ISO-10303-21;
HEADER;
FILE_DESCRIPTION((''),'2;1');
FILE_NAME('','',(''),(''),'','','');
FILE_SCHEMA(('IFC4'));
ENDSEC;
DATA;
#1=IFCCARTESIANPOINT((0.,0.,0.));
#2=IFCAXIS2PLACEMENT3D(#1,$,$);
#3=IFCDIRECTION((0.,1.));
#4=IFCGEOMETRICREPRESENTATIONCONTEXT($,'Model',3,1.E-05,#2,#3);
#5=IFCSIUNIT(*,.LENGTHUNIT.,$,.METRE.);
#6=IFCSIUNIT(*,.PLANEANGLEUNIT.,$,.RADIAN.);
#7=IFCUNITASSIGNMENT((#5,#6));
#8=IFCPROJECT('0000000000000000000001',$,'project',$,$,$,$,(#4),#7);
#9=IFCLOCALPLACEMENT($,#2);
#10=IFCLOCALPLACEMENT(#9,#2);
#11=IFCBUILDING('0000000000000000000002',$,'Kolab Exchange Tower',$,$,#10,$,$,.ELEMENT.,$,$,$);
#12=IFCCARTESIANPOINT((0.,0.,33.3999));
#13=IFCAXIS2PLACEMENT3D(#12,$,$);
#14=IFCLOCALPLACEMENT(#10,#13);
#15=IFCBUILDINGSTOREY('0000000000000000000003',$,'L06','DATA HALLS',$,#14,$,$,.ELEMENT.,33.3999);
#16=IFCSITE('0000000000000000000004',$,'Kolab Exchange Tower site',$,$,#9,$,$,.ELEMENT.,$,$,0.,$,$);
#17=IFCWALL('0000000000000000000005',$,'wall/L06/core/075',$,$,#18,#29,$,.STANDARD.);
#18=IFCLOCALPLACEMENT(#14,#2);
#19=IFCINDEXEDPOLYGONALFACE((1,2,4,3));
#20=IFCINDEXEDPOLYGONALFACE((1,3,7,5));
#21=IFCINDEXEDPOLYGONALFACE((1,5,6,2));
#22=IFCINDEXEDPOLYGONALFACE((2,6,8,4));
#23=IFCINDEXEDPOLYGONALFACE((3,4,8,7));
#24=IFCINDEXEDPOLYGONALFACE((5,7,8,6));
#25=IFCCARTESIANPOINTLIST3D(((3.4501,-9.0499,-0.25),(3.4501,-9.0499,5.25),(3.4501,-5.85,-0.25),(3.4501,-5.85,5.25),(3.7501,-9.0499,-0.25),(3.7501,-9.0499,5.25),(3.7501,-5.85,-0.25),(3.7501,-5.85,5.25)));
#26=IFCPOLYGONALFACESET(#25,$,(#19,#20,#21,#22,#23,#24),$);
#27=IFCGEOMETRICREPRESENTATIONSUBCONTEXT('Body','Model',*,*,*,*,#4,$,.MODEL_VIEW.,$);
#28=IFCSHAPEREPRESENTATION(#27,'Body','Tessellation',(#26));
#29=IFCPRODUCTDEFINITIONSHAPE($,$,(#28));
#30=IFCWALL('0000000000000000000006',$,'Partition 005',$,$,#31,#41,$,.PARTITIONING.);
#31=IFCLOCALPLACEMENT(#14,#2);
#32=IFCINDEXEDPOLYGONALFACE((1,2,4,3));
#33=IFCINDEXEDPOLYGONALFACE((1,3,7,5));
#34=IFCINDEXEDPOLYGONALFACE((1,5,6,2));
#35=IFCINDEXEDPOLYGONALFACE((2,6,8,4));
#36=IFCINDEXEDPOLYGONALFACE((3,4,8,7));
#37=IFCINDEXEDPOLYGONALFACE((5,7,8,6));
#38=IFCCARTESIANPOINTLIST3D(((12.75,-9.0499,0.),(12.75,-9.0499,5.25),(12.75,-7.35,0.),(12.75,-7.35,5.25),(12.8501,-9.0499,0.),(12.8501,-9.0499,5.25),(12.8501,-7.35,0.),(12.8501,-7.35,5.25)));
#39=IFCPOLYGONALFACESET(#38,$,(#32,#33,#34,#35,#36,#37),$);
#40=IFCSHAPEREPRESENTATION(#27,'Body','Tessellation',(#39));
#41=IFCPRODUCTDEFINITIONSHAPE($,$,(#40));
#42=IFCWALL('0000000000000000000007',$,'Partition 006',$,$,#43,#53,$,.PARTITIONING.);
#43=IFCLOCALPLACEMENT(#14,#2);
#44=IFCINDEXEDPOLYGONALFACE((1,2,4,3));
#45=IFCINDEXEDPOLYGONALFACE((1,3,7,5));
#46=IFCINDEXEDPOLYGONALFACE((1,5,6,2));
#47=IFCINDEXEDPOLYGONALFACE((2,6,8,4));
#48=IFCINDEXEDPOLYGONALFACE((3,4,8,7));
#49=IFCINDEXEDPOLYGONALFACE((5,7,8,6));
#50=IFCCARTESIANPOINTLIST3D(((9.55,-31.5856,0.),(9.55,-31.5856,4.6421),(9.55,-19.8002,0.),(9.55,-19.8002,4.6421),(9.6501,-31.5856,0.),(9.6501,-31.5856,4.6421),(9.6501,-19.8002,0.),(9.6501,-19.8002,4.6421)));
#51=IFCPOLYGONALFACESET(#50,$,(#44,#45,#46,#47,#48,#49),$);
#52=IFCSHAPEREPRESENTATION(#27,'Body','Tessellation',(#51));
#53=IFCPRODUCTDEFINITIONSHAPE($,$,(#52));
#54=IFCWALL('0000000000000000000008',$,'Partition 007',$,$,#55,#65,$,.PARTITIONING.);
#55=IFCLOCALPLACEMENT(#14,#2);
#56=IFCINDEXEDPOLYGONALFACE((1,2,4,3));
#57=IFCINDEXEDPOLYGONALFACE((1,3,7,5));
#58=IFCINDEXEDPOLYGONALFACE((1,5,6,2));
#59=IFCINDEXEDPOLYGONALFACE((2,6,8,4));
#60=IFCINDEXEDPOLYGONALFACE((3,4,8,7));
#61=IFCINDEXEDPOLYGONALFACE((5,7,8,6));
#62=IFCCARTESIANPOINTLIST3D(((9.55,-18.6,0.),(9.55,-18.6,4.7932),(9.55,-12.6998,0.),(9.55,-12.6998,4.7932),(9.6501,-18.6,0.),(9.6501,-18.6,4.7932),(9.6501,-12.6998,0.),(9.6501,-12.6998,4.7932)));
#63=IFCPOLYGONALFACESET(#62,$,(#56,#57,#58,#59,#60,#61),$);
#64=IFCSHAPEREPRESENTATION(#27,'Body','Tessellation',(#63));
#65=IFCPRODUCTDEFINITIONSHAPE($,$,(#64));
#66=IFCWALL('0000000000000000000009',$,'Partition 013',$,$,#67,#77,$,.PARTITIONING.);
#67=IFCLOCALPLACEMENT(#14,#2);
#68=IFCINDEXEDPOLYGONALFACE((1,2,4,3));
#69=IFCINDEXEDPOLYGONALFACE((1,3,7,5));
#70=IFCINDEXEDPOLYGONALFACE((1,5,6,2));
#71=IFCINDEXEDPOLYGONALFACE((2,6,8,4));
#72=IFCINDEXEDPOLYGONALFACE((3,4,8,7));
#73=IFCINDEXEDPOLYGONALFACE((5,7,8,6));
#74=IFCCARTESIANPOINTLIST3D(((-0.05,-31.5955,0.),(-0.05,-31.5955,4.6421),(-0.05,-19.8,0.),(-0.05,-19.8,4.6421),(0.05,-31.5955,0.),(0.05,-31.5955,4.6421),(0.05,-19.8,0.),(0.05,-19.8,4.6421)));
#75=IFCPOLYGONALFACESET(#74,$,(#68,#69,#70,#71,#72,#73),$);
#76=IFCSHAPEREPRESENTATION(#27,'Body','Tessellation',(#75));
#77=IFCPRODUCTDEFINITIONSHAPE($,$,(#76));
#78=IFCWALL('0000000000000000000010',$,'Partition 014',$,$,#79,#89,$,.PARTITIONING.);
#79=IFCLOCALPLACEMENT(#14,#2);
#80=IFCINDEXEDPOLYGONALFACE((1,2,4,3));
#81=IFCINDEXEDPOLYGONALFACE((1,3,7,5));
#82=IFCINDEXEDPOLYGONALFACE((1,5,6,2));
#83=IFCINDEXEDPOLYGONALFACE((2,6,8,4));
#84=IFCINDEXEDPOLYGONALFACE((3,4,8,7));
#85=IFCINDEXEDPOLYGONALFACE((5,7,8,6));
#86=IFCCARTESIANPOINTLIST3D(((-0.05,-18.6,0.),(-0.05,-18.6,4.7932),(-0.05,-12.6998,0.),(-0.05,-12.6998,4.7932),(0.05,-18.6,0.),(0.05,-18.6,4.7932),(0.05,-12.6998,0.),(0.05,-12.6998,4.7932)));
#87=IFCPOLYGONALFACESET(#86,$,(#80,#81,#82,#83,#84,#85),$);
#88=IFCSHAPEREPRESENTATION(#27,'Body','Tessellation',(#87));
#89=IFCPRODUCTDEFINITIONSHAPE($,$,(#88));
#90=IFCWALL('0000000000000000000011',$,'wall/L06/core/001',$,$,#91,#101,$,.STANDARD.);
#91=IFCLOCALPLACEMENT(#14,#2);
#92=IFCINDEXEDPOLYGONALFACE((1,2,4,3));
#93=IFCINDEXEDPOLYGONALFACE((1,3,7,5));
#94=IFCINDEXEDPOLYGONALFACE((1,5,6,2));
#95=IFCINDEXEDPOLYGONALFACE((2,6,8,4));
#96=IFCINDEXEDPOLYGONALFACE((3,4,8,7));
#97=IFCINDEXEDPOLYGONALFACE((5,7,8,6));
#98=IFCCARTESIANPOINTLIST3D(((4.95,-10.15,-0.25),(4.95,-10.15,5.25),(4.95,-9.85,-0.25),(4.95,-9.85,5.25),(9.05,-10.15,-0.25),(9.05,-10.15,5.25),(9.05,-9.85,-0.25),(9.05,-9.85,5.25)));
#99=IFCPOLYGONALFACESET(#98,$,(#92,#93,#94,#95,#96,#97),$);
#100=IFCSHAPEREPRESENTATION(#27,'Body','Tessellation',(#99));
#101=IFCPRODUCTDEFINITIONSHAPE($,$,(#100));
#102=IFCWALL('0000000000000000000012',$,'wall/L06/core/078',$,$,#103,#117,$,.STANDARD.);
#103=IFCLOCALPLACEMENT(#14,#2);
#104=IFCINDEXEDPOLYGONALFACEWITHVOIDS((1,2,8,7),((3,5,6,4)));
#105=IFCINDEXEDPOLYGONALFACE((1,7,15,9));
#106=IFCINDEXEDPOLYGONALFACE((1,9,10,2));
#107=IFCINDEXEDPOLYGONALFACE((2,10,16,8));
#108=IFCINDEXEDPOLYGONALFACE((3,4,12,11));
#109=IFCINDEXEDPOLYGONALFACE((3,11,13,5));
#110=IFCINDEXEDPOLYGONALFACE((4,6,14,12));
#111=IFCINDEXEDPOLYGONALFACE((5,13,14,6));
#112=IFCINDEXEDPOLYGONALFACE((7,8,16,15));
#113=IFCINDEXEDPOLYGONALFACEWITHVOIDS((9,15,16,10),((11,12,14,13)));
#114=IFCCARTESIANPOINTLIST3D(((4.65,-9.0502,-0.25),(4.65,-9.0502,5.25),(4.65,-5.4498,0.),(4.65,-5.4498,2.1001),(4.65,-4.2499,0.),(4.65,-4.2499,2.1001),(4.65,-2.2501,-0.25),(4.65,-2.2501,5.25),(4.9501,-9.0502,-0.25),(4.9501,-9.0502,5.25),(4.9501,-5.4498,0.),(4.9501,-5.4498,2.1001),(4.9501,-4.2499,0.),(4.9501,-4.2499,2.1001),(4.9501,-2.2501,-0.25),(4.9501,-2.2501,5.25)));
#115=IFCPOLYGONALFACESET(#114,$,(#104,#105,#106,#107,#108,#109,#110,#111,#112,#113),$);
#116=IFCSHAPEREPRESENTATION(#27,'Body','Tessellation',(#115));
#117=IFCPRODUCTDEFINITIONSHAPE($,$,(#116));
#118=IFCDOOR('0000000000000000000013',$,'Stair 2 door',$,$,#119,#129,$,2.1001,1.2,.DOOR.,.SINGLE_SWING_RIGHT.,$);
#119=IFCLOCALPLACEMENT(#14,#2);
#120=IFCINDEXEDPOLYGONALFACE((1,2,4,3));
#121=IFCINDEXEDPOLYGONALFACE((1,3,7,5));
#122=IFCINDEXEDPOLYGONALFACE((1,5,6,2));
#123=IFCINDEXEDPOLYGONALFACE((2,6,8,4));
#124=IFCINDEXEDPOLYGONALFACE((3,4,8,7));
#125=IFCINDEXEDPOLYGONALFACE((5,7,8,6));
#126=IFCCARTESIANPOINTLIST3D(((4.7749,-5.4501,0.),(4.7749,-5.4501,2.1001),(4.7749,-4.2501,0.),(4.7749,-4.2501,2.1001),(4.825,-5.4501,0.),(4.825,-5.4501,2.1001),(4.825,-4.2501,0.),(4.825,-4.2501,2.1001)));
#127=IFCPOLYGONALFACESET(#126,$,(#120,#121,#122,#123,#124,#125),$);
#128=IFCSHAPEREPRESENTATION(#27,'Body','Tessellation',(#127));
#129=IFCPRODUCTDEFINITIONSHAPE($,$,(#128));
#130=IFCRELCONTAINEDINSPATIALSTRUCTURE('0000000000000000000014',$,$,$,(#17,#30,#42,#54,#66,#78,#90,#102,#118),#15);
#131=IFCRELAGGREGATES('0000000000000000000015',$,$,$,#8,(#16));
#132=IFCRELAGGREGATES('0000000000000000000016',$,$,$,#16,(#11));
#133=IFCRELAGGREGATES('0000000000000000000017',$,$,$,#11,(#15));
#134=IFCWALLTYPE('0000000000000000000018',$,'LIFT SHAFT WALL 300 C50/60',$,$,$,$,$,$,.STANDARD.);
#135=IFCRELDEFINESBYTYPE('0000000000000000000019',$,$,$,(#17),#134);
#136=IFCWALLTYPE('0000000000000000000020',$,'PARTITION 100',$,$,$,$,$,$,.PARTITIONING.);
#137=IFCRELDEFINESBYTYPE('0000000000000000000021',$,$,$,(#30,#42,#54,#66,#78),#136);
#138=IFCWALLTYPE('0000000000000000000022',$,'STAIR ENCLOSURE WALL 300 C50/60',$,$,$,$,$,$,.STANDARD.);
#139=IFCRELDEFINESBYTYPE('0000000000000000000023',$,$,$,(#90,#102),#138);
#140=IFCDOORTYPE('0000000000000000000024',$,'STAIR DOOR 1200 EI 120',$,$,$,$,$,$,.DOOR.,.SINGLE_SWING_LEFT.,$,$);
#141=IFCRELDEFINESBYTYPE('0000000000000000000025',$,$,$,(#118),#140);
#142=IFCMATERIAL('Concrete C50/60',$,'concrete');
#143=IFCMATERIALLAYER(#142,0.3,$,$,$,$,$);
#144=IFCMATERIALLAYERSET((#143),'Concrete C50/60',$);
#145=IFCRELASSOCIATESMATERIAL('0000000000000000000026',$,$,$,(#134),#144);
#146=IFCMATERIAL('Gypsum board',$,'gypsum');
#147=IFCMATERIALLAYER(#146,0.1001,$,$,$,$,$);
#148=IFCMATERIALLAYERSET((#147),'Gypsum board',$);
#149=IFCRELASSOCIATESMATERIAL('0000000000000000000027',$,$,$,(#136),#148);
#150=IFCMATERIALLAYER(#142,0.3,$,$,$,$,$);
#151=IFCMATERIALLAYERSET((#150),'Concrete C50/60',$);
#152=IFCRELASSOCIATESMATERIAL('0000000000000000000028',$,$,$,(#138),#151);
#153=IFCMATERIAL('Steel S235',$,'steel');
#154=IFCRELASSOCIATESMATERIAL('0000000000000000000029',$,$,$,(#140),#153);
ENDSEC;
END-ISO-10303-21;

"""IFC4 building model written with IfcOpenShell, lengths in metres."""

from ifc_helpers import new_model, si_unit, direction, frame, frame_2d, origin, place, context, subcontext, project, spatial, rectangle, extrude, material, layer, layer_set, type_object, element, fill, save


model = new_model("IFC4")

# Units and contexts
model_context = context("Model", 3, precision=1e-05, world=origin(), true_north=direction((0.0, 1.0)))
body_context = subcontext(model_context, "Body", "Model", "MODEL_VIEW")
ifc_project = project(units=[si_unit("LENGTHUNIT", "METRE"), si_unit("PLANEANGLEUNIT", "RADIAN")], contexts=[model_context])

# Site, building, storey
site_placement = place(None, origin())
site = spatial("IfcSite", under=ifc_project, at=site_placement, Name="Kolab Exchange Tower site", CompositionType="ELEMENT", RefElevation=0.0)
building_placement = place(site_placement, origin())
building = spatial("IfcBuilding", under=site, at=building_placement, Name="Kolab Exchange Tower", CompositionType="ELEMENT")
storey_placement = place(building_placement, frame((0.0, 0.0, 33.3999)))
storey = spatial("IfcBuildingStorey", under=building, at=storey_placement, Name="L06", Description="DATA HALLS", CompositionType="ELEMENT", Elevation=33.3999)

# Shared definitions
ifc_material_1 = material(Name="Steel S235", Category="steel")

# Walls
ifc_material_2 = material(Name="Concrete C50/60", Category="concrete")
ifc_layer_1 = layer(ifc_material_2, 0.3)
ifc_layer_set_1 = layer_set([ifc_layer_1], Name="Concrete C50/60")
wall_type_1 = type_object("IfcWallType", Name="LIFT SHAFT WALL 300 C50/60", PredefinedType="STANDARD", material=ifc_layer_set_1)
for number, where, z_axis, x_axis, name in (
    (1, (3.6001, -9.05, -0.25), (0.0, 0.0, 1.0), (0.0, 1.0, 0.0), "wall/L06/core/075"),
):
    element("IfcWall", number, at=place(storey_placement, frame(where, z_axis=z_axis, x_axis=x_axis)), inside=storey, type_object=wall_type_1, Name=name, PredefinedType="STANDARD", context=body_context, shape_type="SweptSolid", body=[
        extrude(rectangle(XDim=3.2, YDim=0.3, at=frame_2d((1.6001, 0.0))), origin(), (0.0, 0.0, 1.0), 5.5),
    ])
ifc_material_3 = material(Name="Gypsum board", Category="gypsum")
ifc_layer_2 = layer(ifc_material_3, 0.1001)
ifc_layer_set_2 = layer_set([ifc_layer_2], Name="Gypsum board")
wall_type_2 = type_object("IfcWallType", Name="PARTITION 100", PredefinedType="PARTITIONING", material=ifc_layer_set_2)
wall_1_placement = place(storey_placement, frame((12.8, -9.05, 0.0), z_axis=(0.0, 0.0, 1.0), x_axis=(0.0, 1.0, 0.0)))
element("IfcWall", 2, at=wall_1_placement, inside=storey, type_object=wall_type_2, Name="Partition 005", PredefinedType="PARTITIONING", context=body_context, shape_type="SweptSolid", body=[
    extrude(rectangle(XDim=1.7, YDim=0.1001, at=frame_2d((0.8501, 0.0))), origin(), (0.0, 0.0, 1.0), 5.25),
])
wall_2_placement = place(storey_placement, frame((9.6001, -31.5854, 0.0), z_axis=(0.0, 0.0, 1.0), x_axis=(0.0, 1.0, 0.0)))
element("IfcWall", 3, at=wall_2_placement, inside=storey, type_object=wall_type_2, Name="Partition 006", PredefinedType="PARTITIONING", context=body_context, shape_type="SweptSolid", body=[
    extrude(rectangle(XDim=11.7854, YDim=0.1001, at=frame_2d((5.8926, 0.0))), origin(), (0.0, 0.0, 1.0), 4.6421),
])
wall_3_placement = place(storey_placement, frame((9.6001, -18.6001, 0.0), z_axis=(0.0, 0.0, 1.0), x_axis=(0.0, 1.0, 0.0)))
element("IfcWall", 4, at=wall_3_placement, inside=storey, type_object=wall_type_2, Name="Partition 007", PredefinedType="PARTITIONING", context=body_context, shape_type="SweptSolid", body=[
    extrude(rectangle(XDim=5.9001, YDim=0.1001, at=frame_2d((2.9502, 0.0))), origin(), (0.0, 0.0, 1.0), 4.7932),
])
wall_4_placement = place(storey_placement, frame((0.0, -31.5955, 0.0), z_axis=(0.0, 0.0, 1.0), x_axis=(0.0, 1.0, 0.0)))
element("IfcWall", 5, at=wall_4_placement, inside=storey, type_object=wall_type_2, Name="Partition 013", PredefinedType="PARTITIONING", context=body_context, shape_type="SweptSolid", body=[
    extrude(rectangle(XDim=11.7954, YDim=0.1001, at=frame_2d((5.8977, 0.0))), origin(), (0.0, 0.0, 1.0), 4.6421),
])
wall_5_placement = place(storey_placement, frame((0.0, -18.6001, 0.0), z_axis=(0.0, 0.0, 1.0), x_axis=(0.0, 1.0, 0.0)))
element("IfcWall", 6, at=wall_5_placement, inside=storey, type_object=wall_type_2, Name="Partition 014", PredefinedType="PARTITIONING", context=body_context, shape_type="SweptSolid", body=[
    extrude(rectangle(XDim=5.9001, YDim=0.1001, at=frame_2d((2.9502, 0.0))), origin(), (0.0, 0.0, 1.0), 4.7932),
])
ifc_layer_3 = layer(ifc_material_2, 0.3)
ifc_layer_set_3 = layer_set([ifc_layer_3], Name="Concrete C50/60")
wall_type_3 = type_object("IfcWallType", Name="STAIR ENCLOSURE WALL 300 C50/60", PredefinedType="STANDARD", material=ifc_layer_set_3)
wall_6_placement = place(storey_placement, frame((4.95, -10.0, -0.25), z_axis=(0.0, 0.0, 1.0), x_axis=(1.0, 0.0, 0.0)))
element("IfcWall", 7, at=wall_6_placement, inside=storey, type_object=wall_type_3, Name="wall/L06/core/001", PredefinedType="STANDARD", context=body_context, shape_type="SweptSolid", body=[
    extrude(rectangle(XDim=4.1001, YDim=0.3, at=frame_2d((2.05, 0.0))), origin(), (0.0, 0.0, 1.0), 5.5),
])

# Wall, opening, door
wall_7_placement = place(storey_placement, frame((4.8, -9.05, -0.25), z_axis=(0.0, 0.0, 1.0), x_axis=(0.0, 1.0, 0.0)))
wall_7 = element("IfcWall", 8, at=wall_7_placement, inside=storey, type_object=wall_type_3, Name="wall/L06/core/078", PredefinedType="STANDARD", context=body_context, shape_type="SweptSolid", body=[
    extrude(rectangle(XDim=6.8, YDim=0.3, at=frame_2d((3.3999, 0.0))), origin(), (0.0, 0.0, 1.0), 5.5),
])
opening_1_placement = place(wall_7_placement, frame((3.6001, 0.0, 0.25)))
opening_1 = element("IfcOpeningElement", 9, at=opening_1_placement, cuts=wall_7, PredefinedType="OPENING", context=body_context, shape_type="SweptSolid", body=[
    extrude(rectangle(XDim=1.2, YDim=2.1001, at=frame_2d((0.6001, 1.05))), frame((0.0, 0.1602, 0.0), z_axis=(0.0, -1.0, 0.0), x_axis=(1.0, 0.0, 0.0)), (0.0, 0.0, 1.0), 0.3201),
])
door_type_1 = type_object("IfcDoorType", Name="STAIR DOOR 1200 EI 120", OperationType="SINGLE_SWING_LEFT", PredefinedType="DOOR", material=ifc_material_1)
door_1_placement = place(opening_1_placement, frame((1.2, 0.0, 0.0), z_axis=(0.0, 0.0, 1.0), x_axis=(-1.0, 0.0, 0.0)))
door_1 = element("IfcDoor", 10, at=door_1_placement, inside=storey, type_object=door_type_1, Name="Stair 2 door", OperationType="SINGLE_SWING_RIGHT", OverallHeight=2.1001, OverallWidth=1.2, PredefinedType="DOOR", context=body_context, shape_type="SweptSolid", body=[
    extrude(rectangle(XDim=1.2, YDim=2.1001, at=frame_2d((0.6001, 1.05))), frame((0.0, 0.0249, 0.0), z_axis=(0.0, -1.0, 0.0), x_axis=(1.0, 0.0, 0.0)), (0.0, 0.0, 1.0), 0.05),
])
fill(opening_1, door_1)

save(model, "model.ifc")
